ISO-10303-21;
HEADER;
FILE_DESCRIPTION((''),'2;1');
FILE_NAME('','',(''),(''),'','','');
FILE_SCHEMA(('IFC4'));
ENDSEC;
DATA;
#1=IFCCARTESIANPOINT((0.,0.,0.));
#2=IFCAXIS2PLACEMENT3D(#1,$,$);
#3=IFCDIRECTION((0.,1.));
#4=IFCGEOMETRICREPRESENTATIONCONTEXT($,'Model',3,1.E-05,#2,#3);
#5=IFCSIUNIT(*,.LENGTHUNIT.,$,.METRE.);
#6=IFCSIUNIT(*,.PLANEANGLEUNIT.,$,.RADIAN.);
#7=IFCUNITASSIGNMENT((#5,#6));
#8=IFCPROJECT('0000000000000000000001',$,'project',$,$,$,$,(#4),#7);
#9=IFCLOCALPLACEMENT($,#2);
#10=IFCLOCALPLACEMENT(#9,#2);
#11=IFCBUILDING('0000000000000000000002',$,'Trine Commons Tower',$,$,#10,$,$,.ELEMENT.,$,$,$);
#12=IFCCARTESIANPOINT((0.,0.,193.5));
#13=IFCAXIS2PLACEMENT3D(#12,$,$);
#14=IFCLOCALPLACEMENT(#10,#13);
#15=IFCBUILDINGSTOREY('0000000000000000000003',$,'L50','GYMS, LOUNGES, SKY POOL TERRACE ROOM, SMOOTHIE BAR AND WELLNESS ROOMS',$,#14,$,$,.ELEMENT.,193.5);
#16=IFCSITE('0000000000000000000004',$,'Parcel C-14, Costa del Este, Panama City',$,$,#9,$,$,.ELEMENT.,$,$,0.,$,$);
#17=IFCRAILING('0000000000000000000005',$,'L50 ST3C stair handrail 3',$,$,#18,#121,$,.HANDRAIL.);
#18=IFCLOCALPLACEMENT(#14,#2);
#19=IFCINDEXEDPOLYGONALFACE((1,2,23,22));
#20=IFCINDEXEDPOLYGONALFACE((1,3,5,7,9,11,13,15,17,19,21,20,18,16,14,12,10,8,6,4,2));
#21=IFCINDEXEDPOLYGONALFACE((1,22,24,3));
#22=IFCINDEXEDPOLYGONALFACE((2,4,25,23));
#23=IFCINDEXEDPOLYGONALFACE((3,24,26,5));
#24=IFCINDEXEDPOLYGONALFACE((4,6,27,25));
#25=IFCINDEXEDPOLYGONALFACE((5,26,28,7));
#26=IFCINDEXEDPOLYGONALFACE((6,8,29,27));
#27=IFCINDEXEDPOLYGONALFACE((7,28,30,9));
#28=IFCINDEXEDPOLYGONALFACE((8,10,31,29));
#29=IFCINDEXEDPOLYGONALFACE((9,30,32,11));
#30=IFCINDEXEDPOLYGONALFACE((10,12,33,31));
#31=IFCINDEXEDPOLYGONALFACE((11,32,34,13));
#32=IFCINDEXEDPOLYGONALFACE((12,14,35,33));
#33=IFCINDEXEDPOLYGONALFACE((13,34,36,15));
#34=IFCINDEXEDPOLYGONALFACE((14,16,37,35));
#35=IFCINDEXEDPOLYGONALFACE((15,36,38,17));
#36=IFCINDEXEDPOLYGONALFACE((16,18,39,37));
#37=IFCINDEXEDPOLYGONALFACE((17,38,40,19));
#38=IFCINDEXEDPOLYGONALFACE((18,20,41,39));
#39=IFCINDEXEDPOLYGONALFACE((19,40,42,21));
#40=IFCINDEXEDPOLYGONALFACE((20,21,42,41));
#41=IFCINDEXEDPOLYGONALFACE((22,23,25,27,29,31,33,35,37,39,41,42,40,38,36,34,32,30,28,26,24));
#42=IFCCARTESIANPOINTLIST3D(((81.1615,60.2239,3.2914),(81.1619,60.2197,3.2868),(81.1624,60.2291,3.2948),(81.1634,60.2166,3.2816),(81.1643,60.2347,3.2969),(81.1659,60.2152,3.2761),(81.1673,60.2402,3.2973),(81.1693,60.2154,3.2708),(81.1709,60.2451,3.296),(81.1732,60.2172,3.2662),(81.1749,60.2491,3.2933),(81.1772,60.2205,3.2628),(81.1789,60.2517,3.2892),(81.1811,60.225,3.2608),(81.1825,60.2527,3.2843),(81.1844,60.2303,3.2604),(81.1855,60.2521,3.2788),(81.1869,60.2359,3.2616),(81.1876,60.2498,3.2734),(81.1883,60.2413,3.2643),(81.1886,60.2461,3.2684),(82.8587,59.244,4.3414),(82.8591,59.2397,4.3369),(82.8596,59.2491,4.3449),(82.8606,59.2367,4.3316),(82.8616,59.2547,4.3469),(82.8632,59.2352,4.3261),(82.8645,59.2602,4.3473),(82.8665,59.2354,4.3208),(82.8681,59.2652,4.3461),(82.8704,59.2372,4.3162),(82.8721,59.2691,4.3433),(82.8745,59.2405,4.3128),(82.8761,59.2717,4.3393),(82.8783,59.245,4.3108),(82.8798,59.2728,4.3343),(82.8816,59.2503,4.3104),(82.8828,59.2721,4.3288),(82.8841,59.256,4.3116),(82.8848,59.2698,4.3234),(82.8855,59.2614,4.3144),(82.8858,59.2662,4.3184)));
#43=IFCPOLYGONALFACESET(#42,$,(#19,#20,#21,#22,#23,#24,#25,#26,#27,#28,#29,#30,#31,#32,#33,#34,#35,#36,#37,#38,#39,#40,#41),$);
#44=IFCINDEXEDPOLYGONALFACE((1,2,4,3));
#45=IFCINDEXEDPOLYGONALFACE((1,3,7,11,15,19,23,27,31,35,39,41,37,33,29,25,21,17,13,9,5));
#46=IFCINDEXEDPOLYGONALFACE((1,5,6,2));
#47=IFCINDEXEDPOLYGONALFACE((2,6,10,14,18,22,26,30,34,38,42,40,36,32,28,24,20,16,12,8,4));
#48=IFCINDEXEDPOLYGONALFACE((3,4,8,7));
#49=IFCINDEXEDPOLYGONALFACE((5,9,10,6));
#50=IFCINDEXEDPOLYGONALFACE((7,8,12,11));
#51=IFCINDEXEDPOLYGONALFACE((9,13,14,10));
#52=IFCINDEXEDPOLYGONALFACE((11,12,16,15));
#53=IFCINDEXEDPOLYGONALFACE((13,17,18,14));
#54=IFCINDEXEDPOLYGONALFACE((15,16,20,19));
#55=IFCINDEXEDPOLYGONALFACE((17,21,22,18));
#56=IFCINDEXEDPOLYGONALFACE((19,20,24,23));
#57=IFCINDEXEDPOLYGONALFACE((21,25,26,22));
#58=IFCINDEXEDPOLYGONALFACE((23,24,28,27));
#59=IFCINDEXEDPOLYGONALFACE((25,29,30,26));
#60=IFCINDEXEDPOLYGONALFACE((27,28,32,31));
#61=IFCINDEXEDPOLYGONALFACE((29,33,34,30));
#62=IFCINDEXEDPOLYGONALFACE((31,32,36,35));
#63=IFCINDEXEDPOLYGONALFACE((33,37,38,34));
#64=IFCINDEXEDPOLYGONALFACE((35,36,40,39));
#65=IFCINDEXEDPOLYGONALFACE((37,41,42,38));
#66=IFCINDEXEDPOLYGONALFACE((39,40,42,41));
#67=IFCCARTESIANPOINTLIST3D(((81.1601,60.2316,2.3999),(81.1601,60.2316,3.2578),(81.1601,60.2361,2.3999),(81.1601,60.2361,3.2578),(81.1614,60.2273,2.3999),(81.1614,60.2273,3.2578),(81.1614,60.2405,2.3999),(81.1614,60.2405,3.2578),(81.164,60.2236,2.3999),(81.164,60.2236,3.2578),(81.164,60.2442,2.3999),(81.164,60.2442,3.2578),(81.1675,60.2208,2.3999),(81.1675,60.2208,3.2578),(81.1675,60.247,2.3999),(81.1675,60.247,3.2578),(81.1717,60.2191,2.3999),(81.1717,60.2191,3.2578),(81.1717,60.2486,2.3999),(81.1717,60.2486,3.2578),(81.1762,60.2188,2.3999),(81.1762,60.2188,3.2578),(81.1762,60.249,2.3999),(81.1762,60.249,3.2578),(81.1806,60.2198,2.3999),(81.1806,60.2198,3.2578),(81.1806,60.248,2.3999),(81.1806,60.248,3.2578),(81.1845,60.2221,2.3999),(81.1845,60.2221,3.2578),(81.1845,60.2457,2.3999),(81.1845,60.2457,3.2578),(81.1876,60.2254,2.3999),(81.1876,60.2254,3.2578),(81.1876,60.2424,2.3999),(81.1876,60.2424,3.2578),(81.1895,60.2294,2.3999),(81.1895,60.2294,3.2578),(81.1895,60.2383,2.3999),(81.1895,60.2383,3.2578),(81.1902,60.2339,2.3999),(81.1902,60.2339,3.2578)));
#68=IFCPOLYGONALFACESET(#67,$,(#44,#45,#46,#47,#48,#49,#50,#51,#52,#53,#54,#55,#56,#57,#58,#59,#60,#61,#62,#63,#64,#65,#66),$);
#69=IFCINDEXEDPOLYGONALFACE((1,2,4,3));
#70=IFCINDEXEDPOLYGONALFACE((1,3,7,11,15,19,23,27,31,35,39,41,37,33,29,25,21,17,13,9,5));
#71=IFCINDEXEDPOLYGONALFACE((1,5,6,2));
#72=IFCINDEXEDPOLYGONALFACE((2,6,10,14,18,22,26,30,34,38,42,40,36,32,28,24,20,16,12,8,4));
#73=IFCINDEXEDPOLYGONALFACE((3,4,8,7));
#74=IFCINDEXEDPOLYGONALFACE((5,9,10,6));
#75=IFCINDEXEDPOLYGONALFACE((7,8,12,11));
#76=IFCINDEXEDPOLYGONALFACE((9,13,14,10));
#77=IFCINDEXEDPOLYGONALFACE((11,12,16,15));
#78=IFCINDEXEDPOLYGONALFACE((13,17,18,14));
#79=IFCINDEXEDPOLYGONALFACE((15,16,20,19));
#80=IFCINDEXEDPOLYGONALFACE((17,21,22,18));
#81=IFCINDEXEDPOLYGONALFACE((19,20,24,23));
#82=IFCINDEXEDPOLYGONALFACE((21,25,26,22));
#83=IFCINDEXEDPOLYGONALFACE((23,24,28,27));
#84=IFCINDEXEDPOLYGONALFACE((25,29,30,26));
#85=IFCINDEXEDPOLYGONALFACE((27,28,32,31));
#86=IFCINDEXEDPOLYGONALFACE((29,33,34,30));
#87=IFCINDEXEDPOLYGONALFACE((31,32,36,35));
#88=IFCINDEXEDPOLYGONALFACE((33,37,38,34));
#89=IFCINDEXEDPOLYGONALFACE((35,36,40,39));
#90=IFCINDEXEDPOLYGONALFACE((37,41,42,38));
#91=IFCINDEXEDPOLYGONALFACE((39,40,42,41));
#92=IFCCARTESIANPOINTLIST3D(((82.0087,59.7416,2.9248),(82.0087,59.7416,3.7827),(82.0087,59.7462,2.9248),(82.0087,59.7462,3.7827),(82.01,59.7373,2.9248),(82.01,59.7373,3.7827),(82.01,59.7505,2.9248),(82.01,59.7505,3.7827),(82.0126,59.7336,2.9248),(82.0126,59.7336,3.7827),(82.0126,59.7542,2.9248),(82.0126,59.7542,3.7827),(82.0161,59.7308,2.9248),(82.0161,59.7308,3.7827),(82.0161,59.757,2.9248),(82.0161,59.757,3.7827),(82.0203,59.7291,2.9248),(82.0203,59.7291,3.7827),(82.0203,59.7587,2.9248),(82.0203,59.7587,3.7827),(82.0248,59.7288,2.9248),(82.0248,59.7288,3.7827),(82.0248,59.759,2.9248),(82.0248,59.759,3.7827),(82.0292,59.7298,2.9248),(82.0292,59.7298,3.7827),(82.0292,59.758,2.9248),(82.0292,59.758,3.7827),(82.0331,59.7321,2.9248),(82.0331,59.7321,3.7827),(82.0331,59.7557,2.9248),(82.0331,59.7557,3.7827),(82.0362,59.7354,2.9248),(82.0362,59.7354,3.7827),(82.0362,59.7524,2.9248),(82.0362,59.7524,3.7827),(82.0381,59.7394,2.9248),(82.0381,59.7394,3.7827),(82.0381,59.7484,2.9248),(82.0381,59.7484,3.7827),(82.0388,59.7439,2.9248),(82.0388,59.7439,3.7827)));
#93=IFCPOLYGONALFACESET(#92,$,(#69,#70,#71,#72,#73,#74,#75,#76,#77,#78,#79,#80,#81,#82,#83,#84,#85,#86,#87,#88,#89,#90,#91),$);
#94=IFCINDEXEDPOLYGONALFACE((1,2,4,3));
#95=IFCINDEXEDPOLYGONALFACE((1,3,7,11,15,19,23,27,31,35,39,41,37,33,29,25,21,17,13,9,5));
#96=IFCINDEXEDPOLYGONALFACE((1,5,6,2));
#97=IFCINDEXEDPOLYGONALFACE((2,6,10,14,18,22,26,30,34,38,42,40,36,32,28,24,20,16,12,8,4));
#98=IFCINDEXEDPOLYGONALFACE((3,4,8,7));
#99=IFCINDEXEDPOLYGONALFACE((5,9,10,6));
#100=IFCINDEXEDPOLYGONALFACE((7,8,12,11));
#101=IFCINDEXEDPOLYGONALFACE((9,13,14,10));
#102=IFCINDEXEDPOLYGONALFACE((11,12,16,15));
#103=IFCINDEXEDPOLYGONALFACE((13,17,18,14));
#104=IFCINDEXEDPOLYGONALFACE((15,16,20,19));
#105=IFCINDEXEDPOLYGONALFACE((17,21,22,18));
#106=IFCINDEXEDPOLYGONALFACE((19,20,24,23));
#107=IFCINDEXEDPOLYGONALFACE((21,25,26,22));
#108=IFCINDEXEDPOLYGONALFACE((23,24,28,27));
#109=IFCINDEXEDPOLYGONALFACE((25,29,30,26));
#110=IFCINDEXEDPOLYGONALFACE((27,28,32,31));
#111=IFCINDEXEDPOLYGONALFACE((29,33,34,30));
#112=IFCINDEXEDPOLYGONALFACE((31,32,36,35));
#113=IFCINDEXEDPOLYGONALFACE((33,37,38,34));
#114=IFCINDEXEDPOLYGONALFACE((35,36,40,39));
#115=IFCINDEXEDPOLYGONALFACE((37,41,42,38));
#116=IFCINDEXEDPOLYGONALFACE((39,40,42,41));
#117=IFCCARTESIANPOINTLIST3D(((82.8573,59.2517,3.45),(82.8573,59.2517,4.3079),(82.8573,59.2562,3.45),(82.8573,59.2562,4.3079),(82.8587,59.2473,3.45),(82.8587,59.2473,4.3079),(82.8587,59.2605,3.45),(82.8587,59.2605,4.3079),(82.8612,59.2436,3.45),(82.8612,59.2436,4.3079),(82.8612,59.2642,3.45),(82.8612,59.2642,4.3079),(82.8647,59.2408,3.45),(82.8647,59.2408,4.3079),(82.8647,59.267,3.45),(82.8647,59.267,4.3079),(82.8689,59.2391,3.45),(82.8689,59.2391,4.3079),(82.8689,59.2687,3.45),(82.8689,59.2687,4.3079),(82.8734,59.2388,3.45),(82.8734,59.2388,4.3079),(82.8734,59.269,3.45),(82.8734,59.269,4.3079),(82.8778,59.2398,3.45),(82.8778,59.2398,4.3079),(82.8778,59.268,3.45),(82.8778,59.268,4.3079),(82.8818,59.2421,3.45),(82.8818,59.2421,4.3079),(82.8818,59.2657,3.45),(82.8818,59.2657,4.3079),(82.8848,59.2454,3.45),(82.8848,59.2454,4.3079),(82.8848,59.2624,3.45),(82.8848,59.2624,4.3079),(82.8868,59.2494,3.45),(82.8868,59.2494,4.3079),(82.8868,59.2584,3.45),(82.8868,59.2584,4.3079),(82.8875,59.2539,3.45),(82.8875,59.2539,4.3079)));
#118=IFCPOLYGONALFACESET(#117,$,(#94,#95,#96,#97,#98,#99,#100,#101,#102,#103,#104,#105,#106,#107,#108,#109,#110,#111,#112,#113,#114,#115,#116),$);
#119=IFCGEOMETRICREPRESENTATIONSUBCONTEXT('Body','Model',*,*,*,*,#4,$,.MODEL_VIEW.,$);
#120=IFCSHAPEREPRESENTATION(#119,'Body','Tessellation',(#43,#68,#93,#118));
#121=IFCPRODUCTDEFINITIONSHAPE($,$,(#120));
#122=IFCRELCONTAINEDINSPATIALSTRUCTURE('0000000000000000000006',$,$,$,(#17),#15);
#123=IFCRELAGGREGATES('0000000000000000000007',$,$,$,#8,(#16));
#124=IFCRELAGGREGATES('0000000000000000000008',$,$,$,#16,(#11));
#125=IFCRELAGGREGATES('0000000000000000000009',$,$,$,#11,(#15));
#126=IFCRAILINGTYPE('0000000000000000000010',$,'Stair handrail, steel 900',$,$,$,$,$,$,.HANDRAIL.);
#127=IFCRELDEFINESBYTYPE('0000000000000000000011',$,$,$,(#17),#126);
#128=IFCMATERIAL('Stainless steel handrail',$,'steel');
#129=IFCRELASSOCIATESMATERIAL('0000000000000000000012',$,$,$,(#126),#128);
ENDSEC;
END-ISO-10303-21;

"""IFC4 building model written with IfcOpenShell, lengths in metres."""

from ifc_helpers import new_model, si_unit, direction, frame, origin, origin_2d, place, context, subcontext, project, spatial, circle, extrude, material, type_object, element, save


model = new_model("IFC4")

# Units and contexts
model_context = context("Model", 3, precision=1e-05, world=origin(), true_north=direction((0.0, 1.0)))
body_context = subcontext(model_context, "Body", "Model", "MODEL_VIEW")
ifc_project = project(units=[si_unit("LENGTHUNIT", "METRE"), si_unit("PLANEANGLEUNIT", "RADIAN")], contexts=[model_context])

# Site, building, storey
site_placement = place(None, origin())
site = spatial("IfcSite", under=ifc_project, at=site_placement, Name="Parcel C-14, Costa del Este, Panama City", CompositionType="ELEMENT", RefElevation=0.0)
building_placement = place(site_placement, origin())
building = spatial("IfcBuilding", under=site, at=building_placement, Name="Trine Commons Tower", CompositionType="ELEMENT")
storey_placement = place(building_placement, frame((0.0, 0.0, 193.5)))
storey = spatial("IfcBuildingStorey", under=building, at=storey_placement, Name="L50", Description="GYMS, LOUNGES, SKY POOL TERRACE ROOM, SMOOTHIE BAR AND WELLNESS ROOMS", CompositionType="ELEMENT", Elevation=193.5)

# Railing
ifc_material_1 = material(Name="Stainless steel handrail", Category="steel")
railing_type_1 = type_object("IfcRailingType", Name="Stair handrail, steel 900", PredefinedType="HANDRAIL", material=ifc_material_1)
railing_1_placement = place(storey_placement, frame((81.175, 60.2339, 2.3999)))
element("IfcRailing", 1, at=railing_1_placement, inside=storey, type_object=railing_type_1, Name="L50 ST3C stair handrail 3", PredefinedType="HANDRAIL", context=body_context, shape_type="SweptSolid", body=[
    extrude(circle(Radius=0.021, at=origin_2d()), frame((0.0, 0.0, 0.8789), z_axis=(0.763352, -0.44075, 0.472264), x_axis=(0.500024, 0.866011, 0.0)), (0.0, 0.0, 1.0), 2.2234),
    extrude(circle(Radius=0.0151, at=origin_2d()), origin(), (0.0, 0.0, 1.0), 0.8579),
    extrude(circle(Radius=0.0151, at=origin_2d()), frame((0.8486, -0.49, 0.5249)), (0.0, 0.0, 1.0), 0.8579),
    extrude(circle(Radius=0.0151, at=origin_2d()), frame((1.6973, -0.98, 1.05)), (0.0, 0.0, 1.0), 0.8579),
])

save(model, "model.ifc")
